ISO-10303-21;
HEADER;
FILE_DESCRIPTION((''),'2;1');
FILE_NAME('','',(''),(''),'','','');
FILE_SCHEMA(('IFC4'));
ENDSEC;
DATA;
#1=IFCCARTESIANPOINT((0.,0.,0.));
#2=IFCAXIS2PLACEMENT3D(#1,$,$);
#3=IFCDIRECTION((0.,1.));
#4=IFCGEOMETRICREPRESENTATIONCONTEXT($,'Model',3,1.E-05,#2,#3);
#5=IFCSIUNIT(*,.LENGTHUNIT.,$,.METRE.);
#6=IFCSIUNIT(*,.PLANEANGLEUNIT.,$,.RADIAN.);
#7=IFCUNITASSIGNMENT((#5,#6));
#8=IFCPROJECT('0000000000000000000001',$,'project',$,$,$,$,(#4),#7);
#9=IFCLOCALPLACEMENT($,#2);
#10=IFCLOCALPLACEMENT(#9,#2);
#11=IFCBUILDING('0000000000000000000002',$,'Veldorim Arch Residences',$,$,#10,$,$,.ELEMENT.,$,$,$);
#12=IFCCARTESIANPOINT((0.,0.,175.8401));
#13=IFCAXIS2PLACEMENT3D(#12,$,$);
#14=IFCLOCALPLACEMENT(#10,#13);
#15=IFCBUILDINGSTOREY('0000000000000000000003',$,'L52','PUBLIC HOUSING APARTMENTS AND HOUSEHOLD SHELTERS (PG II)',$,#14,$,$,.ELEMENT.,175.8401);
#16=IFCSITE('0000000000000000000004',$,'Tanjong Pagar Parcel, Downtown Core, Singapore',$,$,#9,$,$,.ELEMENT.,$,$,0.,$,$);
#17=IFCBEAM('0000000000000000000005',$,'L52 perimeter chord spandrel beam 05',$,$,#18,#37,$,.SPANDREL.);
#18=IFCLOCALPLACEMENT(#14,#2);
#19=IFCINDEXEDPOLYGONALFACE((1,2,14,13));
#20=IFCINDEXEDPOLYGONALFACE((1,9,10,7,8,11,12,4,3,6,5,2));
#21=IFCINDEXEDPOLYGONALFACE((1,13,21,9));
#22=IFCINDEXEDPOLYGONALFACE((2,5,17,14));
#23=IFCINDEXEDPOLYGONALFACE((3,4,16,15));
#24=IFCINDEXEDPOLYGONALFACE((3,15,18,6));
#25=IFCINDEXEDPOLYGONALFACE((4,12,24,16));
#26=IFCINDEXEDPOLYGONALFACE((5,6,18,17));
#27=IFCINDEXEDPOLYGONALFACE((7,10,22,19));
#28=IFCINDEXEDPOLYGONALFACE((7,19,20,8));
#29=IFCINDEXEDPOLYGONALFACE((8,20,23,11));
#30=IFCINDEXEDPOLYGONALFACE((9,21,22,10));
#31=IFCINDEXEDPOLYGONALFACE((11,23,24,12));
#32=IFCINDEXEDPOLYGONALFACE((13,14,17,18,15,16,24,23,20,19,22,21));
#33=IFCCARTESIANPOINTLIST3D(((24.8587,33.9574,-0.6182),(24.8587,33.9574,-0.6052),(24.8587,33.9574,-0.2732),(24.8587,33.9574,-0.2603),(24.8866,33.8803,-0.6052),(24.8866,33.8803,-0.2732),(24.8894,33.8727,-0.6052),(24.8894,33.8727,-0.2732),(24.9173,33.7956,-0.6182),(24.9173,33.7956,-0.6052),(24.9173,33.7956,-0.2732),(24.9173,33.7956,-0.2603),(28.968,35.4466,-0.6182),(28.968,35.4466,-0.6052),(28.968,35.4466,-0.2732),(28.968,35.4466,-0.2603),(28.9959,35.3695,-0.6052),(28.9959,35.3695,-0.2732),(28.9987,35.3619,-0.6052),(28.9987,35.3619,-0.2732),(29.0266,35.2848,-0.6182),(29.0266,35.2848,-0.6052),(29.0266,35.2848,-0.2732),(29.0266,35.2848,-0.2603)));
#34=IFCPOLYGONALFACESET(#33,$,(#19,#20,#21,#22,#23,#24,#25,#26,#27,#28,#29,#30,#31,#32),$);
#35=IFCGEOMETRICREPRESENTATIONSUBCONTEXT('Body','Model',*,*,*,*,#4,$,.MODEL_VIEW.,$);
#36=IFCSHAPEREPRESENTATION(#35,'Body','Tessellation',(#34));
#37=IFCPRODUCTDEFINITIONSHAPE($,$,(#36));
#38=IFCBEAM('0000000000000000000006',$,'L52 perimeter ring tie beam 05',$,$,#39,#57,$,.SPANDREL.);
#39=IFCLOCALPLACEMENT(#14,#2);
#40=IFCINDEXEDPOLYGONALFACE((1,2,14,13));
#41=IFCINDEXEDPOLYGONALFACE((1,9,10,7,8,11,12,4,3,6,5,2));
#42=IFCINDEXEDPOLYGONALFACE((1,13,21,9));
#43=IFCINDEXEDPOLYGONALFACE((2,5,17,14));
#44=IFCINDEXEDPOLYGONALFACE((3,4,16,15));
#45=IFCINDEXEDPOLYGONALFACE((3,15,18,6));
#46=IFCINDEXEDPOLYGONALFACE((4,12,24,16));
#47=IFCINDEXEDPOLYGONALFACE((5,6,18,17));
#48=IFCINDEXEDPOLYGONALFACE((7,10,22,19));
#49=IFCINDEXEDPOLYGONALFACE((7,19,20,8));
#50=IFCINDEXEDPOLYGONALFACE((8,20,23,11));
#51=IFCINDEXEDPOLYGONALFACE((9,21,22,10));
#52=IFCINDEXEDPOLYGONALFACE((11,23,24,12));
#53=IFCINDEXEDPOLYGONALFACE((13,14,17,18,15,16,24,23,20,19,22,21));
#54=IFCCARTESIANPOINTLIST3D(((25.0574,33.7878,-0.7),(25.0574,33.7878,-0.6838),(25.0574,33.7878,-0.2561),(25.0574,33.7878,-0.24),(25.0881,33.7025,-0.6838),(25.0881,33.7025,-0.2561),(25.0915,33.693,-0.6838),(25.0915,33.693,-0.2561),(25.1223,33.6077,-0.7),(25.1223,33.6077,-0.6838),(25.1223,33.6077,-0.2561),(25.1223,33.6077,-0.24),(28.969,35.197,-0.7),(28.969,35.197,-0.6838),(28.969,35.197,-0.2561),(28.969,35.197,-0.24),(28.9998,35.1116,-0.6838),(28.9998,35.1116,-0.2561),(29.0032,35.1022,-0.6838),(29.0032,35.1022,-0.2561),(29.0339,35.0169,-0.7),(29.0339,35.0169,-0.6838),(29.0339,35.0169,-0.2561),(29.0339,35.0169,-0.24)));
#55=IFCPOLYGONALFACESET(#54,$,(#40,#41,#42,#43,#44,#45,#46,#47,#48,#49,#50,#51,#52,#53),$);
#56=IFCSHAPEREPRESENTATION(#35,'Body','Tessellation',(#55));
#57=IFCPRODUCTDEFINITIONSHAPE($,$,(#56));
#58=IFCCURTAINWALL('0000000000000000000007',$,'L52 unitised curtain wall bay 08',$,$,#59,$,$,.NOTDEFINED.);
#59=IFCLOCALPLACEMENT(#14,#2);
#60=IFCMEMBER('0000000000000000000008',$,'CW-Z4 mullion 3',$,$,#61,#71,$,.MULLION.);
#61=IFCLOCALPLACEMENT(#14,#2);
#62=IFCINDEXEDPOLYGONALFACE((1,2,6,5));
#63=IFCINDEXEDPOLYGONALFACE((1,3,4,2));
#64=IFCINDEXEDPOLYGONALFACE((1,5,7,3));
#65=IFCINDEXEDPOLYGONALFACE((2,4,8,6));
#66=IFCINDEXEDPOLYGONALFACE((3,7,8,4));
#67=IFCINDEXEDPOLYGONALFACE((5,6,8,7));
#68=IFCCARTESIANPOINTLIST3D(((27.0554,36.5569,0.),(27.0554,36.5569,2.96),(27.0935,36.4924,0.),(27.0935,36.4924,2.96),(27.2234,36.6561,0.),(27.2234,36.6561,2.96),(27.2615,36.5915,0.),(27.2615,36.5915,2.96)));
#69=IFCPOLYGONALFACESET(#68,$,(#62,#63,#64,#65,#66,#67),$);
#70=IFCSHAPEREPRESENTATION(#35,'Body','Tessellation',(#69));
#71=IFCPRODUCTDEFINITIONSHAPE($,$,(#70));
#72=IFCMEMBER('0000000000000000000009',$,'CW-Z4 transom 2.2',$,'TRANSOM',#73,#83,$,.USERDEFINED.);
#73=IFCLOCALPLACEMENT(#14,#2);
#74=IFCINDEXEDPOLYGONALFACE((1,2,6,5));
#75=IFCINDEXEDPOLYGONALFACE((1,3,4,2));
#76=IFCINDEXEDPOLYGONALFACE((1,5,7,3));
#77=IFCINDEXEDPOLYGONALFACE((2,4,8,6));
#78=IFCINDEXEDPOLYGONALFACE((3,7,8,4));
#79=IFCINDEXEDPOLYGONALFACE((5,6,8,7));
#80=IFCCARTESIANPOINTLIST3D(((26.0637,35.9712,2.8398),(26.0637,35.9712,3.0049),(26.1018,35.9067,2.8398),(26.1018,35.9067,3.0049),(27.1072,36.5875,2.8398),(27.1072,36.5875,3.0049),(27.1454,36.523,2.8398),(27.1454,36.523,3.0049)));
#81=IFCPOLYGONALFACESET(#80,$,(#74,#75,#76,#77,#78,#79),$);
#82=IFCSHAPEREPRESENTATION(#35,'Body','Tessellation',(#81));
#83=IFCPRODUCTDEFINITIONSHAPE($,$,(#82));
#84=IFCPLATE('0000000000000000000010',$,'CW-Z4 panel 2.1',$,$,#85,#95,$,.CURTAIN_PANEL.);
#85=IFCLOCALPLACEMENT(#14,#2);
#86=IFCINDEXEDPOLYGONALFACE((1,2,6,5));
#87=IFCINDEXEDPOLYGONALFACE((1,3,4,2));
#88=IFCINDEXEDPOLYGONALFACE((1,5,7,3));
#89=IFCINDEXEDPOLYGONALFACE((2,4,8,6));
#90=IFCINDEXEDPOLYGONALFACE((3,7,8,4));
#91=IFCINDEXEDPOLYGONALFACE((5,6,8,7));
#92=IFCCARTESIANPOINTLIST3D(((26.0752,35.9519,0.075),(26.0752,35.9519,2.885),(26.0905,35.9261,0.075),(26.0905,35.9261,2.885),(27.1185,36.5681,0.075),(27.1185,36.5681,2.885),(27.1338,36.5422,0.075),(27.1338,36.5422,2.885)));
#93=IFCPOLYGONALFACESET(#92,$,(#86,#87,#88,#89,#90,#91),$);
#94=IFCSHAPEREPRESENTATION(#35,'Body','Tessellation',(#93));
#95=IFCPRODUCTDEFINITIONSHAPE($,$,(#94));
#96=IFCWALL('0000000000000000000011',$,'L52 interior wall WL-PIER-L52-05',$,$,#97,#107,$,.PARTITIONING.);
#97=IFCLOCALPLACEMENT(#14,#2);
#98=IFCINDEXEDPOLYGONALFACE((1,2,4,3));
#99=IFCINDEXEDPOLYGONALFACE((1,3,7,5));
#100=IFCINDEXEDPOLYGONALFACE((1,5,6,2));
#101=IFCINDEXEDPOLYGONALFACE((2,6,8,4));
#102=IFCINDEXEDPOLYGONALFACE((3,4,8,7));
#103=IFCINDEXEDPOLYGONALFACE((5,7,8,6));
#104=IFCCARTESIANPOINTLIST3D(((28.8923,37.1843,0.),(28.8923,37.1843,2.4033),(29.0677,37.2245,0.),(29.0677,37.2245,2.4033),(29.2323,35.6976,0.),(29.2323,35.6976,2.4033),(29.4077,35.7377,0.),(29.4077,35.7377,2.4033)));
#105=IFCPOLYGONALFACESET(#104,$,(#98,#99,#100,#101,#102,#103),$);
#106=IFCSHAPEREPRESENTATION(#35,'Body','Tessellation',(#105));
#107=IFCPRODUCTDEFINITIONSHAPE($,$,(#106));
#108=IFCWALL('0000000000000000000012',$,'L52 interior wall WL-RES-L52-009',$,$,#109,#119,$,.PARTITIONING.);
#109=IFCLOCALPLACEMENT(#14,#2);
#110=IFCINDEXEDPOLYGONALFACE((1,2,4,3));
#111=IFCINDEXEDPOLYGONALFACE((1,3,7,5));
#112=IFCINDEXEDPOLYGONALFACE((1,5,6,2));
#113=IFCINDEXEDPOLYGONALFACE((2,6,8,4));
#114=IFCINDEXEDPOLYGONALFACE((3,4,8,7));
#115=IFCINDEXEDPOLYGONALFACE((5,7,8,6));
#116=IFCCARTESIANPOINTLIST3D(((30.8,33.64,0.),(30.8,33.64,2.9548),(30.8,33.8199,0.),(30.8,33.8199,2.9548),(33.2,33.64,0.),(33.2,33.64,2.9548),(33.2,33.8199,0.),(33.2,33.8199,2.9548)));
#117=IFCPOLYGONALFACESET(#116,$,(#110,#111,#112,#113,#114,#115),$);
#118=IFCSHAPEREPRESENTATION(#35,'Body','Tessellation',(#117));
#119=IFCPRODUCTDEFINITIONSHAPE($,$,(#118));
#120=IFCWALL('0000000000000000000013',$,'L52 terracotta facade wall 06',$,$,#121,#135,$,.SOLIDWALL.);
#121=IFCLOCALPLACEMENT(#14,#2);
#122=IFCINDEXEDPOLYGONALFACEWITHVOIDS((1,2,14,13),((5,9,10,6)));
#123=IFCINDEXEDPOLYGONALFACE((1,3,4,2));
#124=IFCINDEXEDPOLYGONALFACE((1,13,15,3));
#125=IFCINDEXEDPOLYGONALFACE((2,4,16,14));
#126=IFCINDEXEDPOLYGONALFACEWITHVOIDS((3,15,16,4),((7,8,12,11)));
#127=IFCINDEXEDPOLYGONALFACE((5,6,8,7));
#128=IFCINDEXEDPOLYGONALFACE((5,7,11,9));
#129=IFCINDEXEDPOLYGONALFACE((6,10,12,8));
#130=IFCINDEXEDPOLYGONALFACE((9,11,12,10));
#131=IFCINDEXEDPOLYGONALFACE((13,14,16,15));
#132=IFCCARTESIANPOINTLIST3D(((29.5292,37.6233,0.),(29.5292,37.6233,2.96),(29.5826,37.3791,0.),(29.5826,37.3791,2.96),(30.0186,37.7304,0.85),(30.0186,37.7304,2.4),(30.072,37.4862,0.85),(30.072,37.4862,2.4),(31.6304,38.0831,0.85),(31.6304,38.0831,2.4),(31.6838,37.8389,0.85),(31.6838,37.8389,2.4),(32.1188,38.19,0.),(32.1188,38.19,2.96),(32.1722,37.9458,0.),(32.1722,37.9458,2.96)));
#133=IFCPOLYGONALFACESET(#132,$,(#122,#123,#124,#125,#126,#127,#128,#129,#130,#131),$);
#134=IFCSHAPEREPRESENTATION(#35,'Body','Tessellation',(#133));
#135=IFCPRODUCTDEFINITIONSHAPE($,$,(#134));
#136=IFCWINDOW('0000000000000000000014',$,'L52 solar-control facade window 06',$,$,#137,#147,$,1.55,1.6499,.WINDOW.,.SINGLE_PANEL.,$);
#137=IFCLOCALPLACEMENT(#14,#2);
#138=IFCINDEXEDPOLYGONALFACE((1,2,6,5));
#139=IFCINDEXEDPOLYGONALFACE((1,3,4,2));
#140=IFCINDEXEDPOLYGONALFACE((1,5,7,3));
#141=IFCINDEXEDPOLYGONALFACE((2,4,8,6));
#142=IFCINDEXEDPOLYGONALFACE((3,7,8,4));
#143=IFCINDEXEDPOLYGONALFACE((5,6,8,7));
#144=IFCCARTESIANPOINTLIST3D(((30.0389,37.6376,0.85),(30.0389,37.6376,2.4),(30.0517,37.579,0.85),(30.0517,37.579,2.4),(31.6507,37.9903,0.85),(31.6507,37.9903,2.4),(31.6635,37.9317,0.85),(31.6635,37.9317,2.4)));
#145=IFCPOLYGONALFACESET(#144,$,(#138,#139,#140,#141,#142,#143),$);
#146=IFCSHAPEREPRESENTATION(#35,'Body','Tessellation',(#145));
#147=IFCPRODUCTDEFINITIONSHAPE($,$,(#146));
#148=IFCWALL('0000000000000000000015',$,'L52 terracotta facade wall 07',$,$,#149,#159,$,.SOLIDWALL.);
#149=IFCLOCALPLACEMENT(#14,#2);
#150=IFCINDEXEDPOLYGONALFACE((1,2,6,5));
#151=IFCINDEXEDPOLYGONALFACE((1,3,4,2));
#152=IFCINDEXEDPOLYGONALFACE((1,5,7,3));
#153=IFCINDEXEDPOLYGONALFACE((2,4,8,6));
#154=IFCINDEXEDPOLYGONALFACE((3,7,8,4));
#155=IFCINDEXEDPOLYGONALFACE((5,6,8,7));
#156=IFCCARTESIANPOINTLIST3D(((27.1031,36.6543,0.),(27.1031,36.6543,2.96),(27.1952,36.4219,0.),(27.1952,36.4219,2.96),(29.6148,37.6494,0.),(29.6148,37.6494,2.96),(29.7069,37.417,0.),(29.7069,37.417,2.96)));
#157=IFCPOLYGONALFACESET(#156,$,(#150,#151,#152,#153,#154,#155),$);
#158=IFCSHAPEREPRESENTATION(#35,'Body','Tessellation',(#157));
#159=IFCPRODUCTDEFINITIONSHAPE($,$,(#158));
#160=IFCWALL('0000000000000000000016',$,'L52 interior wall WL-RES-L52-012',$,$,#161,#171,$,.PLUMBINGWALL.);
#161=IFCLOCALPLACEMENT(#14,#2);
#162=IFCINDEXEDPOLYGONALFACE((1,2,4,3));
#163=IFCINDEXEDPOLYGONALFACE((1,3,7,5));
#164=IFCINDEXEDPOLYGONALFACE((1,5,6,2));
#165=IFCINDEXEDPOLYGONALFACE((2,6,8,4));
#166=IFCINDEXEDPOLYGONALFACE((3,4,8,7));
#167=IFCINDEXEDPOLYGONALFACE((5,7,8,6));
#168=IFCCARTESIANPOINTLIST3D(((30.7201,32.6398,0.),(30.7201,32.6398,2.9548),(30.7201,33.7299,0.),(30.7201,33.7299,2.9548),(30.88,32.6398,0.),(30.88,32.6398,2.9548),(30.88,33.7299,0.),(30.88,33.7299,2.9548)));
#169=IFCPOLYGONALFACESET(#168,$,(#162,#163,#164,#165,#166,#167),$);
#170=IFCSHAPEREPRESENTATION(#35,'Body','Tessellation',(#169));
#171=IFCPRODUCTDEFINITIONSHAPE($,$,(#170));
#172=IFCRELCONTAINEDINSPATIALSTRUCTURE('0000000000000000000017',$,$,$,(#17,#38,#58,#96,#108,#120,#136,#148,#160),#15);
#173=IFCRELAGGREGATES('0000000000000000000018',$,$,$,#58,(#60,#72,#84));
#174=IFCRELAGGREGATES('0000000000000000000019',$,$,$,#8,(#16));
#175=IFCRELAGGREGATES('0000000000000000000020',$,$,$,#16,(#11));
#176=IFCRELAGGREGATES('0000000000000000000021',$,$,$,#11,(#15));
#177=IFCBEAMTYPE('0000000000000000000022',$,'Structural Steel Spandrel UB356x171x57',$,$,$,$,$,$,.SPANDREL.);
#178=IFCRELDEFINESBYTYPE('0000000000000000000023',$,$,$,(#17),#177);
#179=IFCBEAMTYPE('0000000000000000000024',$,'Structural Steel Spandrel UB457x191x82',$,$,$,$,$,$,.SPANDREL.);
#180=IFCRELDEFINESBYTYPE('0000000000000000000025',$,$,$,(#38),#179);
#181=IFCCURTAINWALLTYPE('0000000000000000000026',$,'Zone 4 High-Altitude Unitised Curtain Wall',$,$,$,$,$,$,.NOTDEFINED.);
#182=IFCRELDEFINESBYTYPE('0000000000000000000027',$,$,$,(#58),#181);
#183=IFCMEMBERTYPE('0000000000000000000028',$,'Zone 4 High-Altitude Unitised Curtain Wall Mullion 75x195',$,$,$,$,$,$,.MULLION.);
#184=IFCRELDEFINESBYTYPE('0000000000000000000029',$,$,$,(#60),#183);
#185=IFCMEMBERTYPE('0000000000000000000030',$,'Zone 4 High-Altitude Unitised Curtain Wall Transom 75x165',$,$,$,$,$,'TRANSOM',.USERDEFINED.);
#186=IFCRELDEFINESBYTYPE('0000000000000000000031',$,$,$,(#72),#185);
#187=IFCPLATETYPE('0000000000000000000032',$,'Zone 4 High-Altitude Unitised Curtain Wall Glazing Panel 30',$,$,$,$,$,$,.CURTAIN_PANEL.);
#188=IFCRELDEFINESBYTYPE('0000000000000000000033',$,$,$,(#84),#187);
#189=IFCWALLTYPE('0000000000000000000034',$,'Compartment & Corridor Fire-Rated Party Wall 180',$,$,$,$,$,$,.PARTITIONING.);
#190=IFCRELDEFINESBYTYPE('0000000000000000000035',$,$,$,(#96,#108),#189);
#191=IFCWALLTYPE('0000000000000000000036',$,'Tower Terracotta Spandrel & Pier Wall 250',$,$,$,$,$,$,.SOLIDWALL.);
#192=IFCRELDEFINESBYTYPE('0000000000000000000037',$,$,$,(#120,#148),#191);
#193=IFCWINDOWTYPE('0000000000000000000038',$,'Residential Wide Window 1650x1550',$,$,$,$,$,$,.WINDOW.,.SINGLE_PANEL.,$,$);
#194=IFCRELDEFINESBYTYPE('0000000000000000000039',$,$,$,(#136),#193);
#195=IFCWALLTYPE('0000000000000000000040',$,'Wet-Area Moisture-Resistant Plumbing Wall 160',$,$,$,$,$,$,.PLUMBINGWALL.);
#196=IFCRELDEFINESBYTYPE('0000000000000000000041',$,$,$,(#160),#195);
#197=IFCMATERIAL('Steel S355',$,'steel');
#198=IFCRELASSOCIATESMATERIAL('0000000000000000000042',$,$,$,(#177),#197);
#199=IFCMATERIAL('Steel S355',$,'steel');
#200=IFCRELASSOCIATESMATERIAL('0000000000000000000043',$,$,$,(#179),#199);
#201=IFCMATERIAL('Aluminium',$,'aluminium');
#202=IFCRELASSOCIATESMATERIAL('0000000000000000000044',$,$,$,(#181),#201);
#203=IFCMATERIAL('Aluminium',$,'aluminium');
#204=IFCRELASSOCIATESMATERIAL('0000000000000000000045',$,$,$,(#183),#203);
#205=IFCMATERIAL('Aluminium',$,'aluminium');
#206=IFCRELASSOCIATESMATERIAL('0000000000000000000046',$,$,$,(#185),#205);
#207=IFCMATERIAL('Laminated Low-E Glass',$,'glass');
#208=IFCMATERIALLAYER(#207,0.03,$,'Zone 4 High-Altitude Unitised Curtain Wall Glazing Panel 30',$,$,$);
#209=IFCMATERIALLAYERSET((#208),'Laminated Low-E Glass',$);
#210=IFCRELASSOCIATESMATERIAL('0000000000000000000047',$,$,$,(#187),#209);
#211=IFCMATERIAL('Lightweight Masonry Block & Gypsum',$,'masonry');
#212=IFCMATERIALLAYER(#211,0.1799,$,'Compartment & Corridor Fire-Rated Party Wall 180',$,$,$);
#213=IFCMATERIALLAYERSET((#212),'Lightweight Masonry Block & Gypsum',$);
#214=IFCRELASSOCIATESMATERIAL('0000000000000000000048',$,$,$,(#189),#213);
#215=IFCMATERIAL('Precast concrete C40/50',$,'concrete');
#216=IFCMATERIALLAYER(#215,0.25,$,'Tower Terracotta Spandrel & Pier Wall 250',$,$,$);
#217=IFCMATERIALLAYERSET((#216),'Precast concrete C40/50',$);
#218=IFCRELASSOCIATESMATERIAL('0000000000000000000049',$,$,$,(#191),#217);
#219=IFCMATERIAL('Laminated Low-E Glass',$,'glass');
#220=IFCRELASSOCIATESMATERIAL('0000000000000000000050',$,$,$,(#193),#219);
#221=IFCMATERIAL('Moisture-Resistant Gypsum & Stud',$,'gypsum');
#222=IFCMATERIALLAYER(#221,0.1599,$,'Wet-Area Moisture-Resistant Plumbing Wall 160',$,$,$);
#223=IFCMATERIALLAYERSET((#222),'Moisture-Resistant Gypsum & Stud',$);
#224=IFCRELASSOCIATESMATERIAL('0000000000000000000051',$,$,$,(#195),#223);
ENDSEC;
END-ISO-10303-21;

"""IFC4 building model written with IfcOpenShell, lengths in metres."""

from ifc_helpers import new_model, si_unit, direction, frame, frame_2d, origin, origin_2d, place, context, subcontext, project, spatial, rectangle, i_section, extrude, material, layer, layer_set, material_profile, profile_set, type_object, element, fill, aggregate, save


model = new_model("IFC4")

# Units and contexts
model_context = context("Model", 3, precision=1e-05, world=origin(), true_north=direction((0.0, 1.0)))
body_context = subcontext(model_context, "Body", "Model", "MODEL_VIEW")
ifc_project = project(units=[si_unit("LENGTHUNIT", "METRE"), si_unit("PLANEANGLEUNIT", "RADIAN")], contexts=[model_context])

# Site, building, storey
site_placement = place(None, origin())
site = spatial("IfcSite", under=ifc_project, at=site_placement, Name="Tanjong Pagar Parcel, Downtown Core, Singapore", CompositionType="ELEMENT", RefElevation=0.0)
building_placement = place(site_placement, origin())
building = spatial("IfcBuilding", under=site, at=building_placement, Name="Veldorim Arch Residences", CompositionType="ELEMENT")
storey_placement = place(building_placement, frame((0.0, 0.0, 175.8401)))
storey = spatial("IfcBuildingStorey", under=building, at=storey_placement, Name="L52", Description="PUBLIC HOUSING APARTMENTS AND HOUSEHOLD SHELTERS (PG II)", CompositionType="ELEMENT", Elevation=175.8401)

# Beams
ifc_material_1 = material(Name="Steel S355", Category="steel")
ifc_material_profile_1 = material_profile(ifc_material_1, i_section(OverallWidth=0.1721, OverallDepth=0.3579, WebThickness=0.0081, FlangeThickness=0.0129, at=origin_2d()), Name="UB356x171x57")
ifc_profile_set_1 = profile_set([ifc_material_profile_1], Name="Steel S355")
beam_type_1 = type_object("IfcBeamType", Name="Structural Steel Spandrel UB356x171x57", PredefinedType="SPANDREL", material=ifc_profile_set_1)
beam_1_placement = place(storey_placement, frame((28.9973, 35.3657, -0.4392), z_axis=(-0.940165, -0.34072, 0.0), x_axis=(0.34072, -0.940165, 0.0)))
element("IfcBeam", 1, at=beam_1_placement, inside=storey, type_object=beam_type_1, Name="L52 perimeter chord spandrel beam 05", PredefinedType="SPANDREL", context=body_context, shape_type="SweptSolid", body=[
    extrude(i_section(OverallWidth=0.1721, OverallDepth=0.3579, WebThickness=0.0081, FlangeThickness=0.0129, at=origin_2d()), origin(), (0.0, 0.0, 1.0), 4.3708),
])
ifc_material_2 = material(Name="Steel S355", Category="steel")
ifc_material_profile_2 = material_profile(ifc_material_2, i_section(OverallWidth=0.1914, OverallDepth=0.46, WebThickness=0.01, FlangeThickness=0.0161, at=origin_2d()), Name="UB457x191x82")
ifc_profile_set_2 = profile_set([ifc_material_profile_2], Name="Steel S355")
beam_type_2 = type_object("IfcBeamType", Name="Structural Steel Spandrel UB457x191x82", PredefinedType="SPANDREL", material=ifc_profile_set_2)
beam_2_placement = place(storey_placement, frame((29.0015, 35.1069, -0.47), z_axis=(-0.940811, -0.338932, 0.0), x_axis=(0.338932, -0.940811, 0.0)))
element("IfcBeam", 2, at=beam_2_placement, inside=storey, type_object=beam_type_2, Name="L52 perimeter ring tie beam 05", PredefinedType="SPANDREL", context=body_context, shape_type="SweptSolid", body=[
    extrude(i_section(OverallWidth=0.1914, OverallDepth=0.46, WebThickness=0.01, FlangeThickness=0.0161, at=origin_2d()), origin(), (0.0, 0.0, 1.0), 4.1577),
])

# Curtain wall, members, plate
ifc_material_3 = material(Name="Aluminium", Category="aluminium")
curtain_wall_type = type_object("IfcCurtainWallType", Name="Zone 4 High-Altitude Unitised Curtain Wall", PredefinedType="NOTDEFINED", material=ifc_material_3)
curtain_wall_placement = place(storey_placement, origin())
curtain_wall = element("IfcCurtainWall", 3, at=curtain_wall_placement, inside=storey, type_object=curtain_wall_type, Name="L52 unitised curtain wall bay 08", PredefinedType="NOTDEFINED")
ifc_material_4 = material(Name="Aluminium", Category="aluminium")
ifc_material_profile_3 = material_profile(ifc_material_4, rectangle(XDim=0.075, YDim=0.1951, at=origin_2d()), Name="ALU_MUL_75x195")
ifc_profile_set_3 = profile_set([ifc_material_profile_3], Name="Aluminium")
member_type_1 = type_object("IfcMemberType", Name="Zone 4 High-Altitude Unitised Curtain Wall Mullion 75x195", PredefinedType="MULLION", material=ifc_profile_set_3)
member_1_placement = place(storey_placement, frame((27.1584, 36.5742, 0.0), z_axis=(0.0, 0.0, 1.0), x_axis=(-0.508514, 0.861054, 0.0)))
member_1 = element("IfcMember", 4, at=member_1_placement, type_object=member_type_1, Name="CW-Z4 mullion 3", PredefinedType="MULLION", context=body_context, shape_type="SweptSolid", body=[
    extrude(rectangle(XDim=0.075, YDim=0.1951, at=origin_2d()), origin(), (0.0, 0.0, 1.0), 2.96),
])
ifc_material_5 = material(Name="Aluminium", Category="aluminium")
ifc_material_profile_4 = material_profile(ifc_material_5, rectangle(XDim=0.075, YDim=0.165, at=origin_2d()), Name="ALU_TRN_75x165")
ifc_profile_set_4 = profile_set([ifc_material_profile_4], Name="Aluminium")
member_type_2 = type_object("IfcMemberType", Name="Zone 4 High-Altitude Unitised Curtain Wall Transom 75x165", ElementType="TRANSOM", PredefinedType="USERDEFINED", material=ifc_profile_set_4)
member_2_placement = place(storey_placement, frame((26.0828, 35.939, 2.9224), z_axis=(0.861063, 0.508499, 0.0), x_axis=(-0.508499, 0.861063, 0.0)))
member_2 = element("IfcMember", 5, at=member_2_placement, type_object=member_type_2, Name="CW-Z4 transom 2.2", ObjectType="TRANSOM", PredefinedType="USERDEFINED", context=body_context, shape_type="SweptSolid", body=[
    extrude(rectangle(XDim=0.075, YDim=0.165, at=origin_2d()), origin(), (0.0, 0.0, 1.0), 1.2119),
])
ifc_material_6 = material(Name="Laminated Low-E Glass", Category="glass")
ifc_layer_1 = layer(ifc_material_6, 0.03, Name="Zone 4 High-Altitude Unitised Curtain Wall Glazing Panel 30")
ifc_layer_set_1 = layer_set([ifc_layer_1], Name="Laminated Low-E Glass")
plate_type = type_object("IfcPlateType", Name="Zone 4 High-Altitude Unitised Curtain Wall Glazing Panel 30", PredefinedType="CURTAIN_PANEL", material=ifc_layer_set_1)
plate_placement = place(storey_placement, frame((26.6045, 36.2471, 0.075), z_axis=(0.0, 0.0, 1.0), x_axis=(0.861054, 0.508514, 0.0)))
plate = element("IfcPlate", 6, at=plate_placement, type_object=plate_type, Name="CW-Z4 panel 2.1", PredefinedType="CURTAIN_PANEL", context=body_context, shape_type="SweptSolid", body=[
    extrude(rectangle(XDim=1.2117, YDim=0.03, at=origin_2d()), origin(), (0.0, 0.0, 1.0), 2.8101),
])
aggregate(curtain_wall, [member_1, member_2, plate])

# Walls
ifc_material_7 = material(Name="Lightweight Masonry Block & Gypsum", Category="masonry")
ifc_layer_2 = layer(ifc_material_7, 0.1799, Name="Compartment & Corridor Fire-Rated Party Wall 180")
ifc_layer_set_2 = layer_set([ifc_layer_2], Name="Lightweight Masonry Block & Gypsum")
wall_type_1 = type_object("IfcWallType", Name="Compartment & Corridor Fire-Rated Party Wall 180", PredefinedType="PARTITIONING", material=ifc_layer_set_2)
wall_1_placement = place(storey_placement, frame((29.3201, 35.7175, 0.0), z_axis=(0.0, 0.0, 1.0), x_axis=(-0.222977, 0.974824, 0.0)))
element("IfcWall", 7, at=wall_1_placement, inside=storey, type_object=wall_type_1, Name="L52 interior wall WL-PIER-L52-05", PredefinedType="PARTITIONING", context=body_context, shape_type="SweptSolid", body=[
    extrude(rectangle(XDim=1.5251, YDim=0.1799, at=frame_2d((0.7627, 0.0))), origin(), (0.0, 0.0, 1.0), 2.4033),
])
wall_2_placement = place(storey_placement, frame((30.8, 33.73, 0.0), z_axis=(0.0, 0.0, 1.0), x_axis=(1.0, 0.0, 0.0)))
element("IfcWall", 8, at=wall_2_placement, inside=storey, type_object=wall_type_1, Name="L52 interior wall WL-RES-L52-009", PredefinedType="PARTITIONING", context=body_context, shape_type="SweptSolid", body=[
    extrude(rectangle(XDim=2.3999, YDim=0.1799, at=frame_2d((1.2, 0.0))), origin(), (0.0, 0.0, 1.0), 2.9548),
])

# Wall, opening, window
ifc_material_8 = material(Name="Precast concrete C40/50", Category="concrete")
ifc_layer_3 = layer(ifc_material_8, 0.25, Name="Tower Terracotta Spandrel & Pier Wall 250")
ifc_layer_set_3 = layer_set([ifc_layer_3], Name="Precast concrete C40/50")
wall_type_2 = type_object("IfcWallType", Name="Tower Terracotta Spandrel & Pier Wall 250", PredefinedType="SOLIDWALL", material=ifc_layer_set_3)
wall_3_placement = place(storey_placement, frame((29.5559, 37.5012, 0.0), z_axis=(0.0, 0.0, 1.0), x_axis=(0.976886, 0.21376, 0.0)))
wall_3 = element("IfcWall", 9, at=wall_3_placement, inside=storey, type_object=wall_type_2, Name="L52 terracotta facade wall 06", PredefinedType="SOLIDWALL", context=body_context, shape_type="SweptSolid", body=[
    extrude(rectangle(XDim=2.6509, YDim=0.25, at=frame_2d((1.3254, 0.0))), origin(), (0.0, 0.0, 1.0), 2.96),
])
opening_1_placement = place(wall_3_placement, frame((0.501, 0.0, 0.8501)))
opening_1 = element("IfcOpeningElement", 10, at=opening_1_placement, cuts=wall_3, PredefinedType="OPENING", context=body_context, shape_type="SweptSolid", body=[
    extrude(rectangle(XDim=1.6499, YDim=1.55, at=frame_2d((0.825, 0.7749))), frame((0.0, 0.135, 0.0), z_axis=(0.0, -1.0, 0.0), x_axis=(1.0, 0.0, 0.0)), (0.0, 0.0, 1.0), 0.27),
])
ifc_material_9 = material(Name="Laminated Low-E Glass", Category="glass")
window_type = type_object("IfcWindowType", Name="Residential Wide Window 1650x1550", PartitioningType="SINGLE_PANEL", PredefinedType="WINDOW", material=ifc_material_9)
window_placement = place(opening_1_placement, origin())
window = element("IfcWindow", 11, at=window_placement, inside=storey, type_object=window_type, Name="L52 solar-control facade window 06", OverallHeight=1.55, OverallWidth=1.6499, PartitioningType="SINGLE_PANEL", PredefinedType="WINDOW", context=body_context, shape_type="SweptSolid", body=[
    extrude(rectangle(XDim=1.6499, YDim=1.55, at=frame_2d((0.825, 0.7749))), frame((0.0, 0.03, 0.0), z_axis=(0.0, -1.0, 0.0), x_axis=(1.0, 0.0, 0.0)), (0.0, 0.0, 1.0), 0.0601),
])
fill(opening_1, window)

# Wall
wall_4_placement = place(storey_placement, frame((27.1492, 36.5381, 0.0), z_axis=(0.0, 0.0, 1.0), x_axis=(0.929693, 0.368335, 0.0)))
element("IfcWall", 12, at=wall_4_placement, inside=storey, type_object=wall_type_2, Name="L52 terracotta facade wall 07", PredefinedType="SOLIDWALL", context=body_context, shape_type="SweptSolid", body=[
    extrude(rectangle(XDim=2.7017, YDim=0.25, at=frame_2d((1.3508, 0.0))), origin(), (0.0, 0.0, 1.0), 2.96),
])

# Wall
ifc_material_10 = material(Name="Moisture-Resistant Gypsum & Stud", Category="gypsum")
ifc_layer_4 = layer(ifc_material_10, 0.1599, Name="Wet-Area Moisture-Resistant Plumbing Wall 160")
ifc_layer_set_4 = layer_set([ifc_layer_4], Name="Moisture-Resistant Gypsum & Stud")
wall_type_3 = type_object("IfcWallType", Name="Wet-Area Moisture-Resistant Plumbing Wall 160", PredefinedType="PLUMBINGWALL", material=ifc_layer_set_4)
wall_5_placement = place(storey_placement, frame((30.8, 32.6399, 0.0), z_axis=(0.0, 0.0, 1.0), x_axis=(0.0, 1.0, 0.0)))
element("IfcWall", 13, at=wall_5_placement, inside=storey, type_object=wall_type_3, Name="L52 interior wall WL-RES-L52-012", PredefinedType="PLUMBINGWALL", context=body_context, shape_type="SweptSolid", body=[
    extrude(rectangle(XDim=1.0901, YDim=0.1599, at=frame_2d((0.5449, 0.0))), origin(), (0.0, 0.0, 1.0), 2.9548),
])

save(model, "model.ifc")
